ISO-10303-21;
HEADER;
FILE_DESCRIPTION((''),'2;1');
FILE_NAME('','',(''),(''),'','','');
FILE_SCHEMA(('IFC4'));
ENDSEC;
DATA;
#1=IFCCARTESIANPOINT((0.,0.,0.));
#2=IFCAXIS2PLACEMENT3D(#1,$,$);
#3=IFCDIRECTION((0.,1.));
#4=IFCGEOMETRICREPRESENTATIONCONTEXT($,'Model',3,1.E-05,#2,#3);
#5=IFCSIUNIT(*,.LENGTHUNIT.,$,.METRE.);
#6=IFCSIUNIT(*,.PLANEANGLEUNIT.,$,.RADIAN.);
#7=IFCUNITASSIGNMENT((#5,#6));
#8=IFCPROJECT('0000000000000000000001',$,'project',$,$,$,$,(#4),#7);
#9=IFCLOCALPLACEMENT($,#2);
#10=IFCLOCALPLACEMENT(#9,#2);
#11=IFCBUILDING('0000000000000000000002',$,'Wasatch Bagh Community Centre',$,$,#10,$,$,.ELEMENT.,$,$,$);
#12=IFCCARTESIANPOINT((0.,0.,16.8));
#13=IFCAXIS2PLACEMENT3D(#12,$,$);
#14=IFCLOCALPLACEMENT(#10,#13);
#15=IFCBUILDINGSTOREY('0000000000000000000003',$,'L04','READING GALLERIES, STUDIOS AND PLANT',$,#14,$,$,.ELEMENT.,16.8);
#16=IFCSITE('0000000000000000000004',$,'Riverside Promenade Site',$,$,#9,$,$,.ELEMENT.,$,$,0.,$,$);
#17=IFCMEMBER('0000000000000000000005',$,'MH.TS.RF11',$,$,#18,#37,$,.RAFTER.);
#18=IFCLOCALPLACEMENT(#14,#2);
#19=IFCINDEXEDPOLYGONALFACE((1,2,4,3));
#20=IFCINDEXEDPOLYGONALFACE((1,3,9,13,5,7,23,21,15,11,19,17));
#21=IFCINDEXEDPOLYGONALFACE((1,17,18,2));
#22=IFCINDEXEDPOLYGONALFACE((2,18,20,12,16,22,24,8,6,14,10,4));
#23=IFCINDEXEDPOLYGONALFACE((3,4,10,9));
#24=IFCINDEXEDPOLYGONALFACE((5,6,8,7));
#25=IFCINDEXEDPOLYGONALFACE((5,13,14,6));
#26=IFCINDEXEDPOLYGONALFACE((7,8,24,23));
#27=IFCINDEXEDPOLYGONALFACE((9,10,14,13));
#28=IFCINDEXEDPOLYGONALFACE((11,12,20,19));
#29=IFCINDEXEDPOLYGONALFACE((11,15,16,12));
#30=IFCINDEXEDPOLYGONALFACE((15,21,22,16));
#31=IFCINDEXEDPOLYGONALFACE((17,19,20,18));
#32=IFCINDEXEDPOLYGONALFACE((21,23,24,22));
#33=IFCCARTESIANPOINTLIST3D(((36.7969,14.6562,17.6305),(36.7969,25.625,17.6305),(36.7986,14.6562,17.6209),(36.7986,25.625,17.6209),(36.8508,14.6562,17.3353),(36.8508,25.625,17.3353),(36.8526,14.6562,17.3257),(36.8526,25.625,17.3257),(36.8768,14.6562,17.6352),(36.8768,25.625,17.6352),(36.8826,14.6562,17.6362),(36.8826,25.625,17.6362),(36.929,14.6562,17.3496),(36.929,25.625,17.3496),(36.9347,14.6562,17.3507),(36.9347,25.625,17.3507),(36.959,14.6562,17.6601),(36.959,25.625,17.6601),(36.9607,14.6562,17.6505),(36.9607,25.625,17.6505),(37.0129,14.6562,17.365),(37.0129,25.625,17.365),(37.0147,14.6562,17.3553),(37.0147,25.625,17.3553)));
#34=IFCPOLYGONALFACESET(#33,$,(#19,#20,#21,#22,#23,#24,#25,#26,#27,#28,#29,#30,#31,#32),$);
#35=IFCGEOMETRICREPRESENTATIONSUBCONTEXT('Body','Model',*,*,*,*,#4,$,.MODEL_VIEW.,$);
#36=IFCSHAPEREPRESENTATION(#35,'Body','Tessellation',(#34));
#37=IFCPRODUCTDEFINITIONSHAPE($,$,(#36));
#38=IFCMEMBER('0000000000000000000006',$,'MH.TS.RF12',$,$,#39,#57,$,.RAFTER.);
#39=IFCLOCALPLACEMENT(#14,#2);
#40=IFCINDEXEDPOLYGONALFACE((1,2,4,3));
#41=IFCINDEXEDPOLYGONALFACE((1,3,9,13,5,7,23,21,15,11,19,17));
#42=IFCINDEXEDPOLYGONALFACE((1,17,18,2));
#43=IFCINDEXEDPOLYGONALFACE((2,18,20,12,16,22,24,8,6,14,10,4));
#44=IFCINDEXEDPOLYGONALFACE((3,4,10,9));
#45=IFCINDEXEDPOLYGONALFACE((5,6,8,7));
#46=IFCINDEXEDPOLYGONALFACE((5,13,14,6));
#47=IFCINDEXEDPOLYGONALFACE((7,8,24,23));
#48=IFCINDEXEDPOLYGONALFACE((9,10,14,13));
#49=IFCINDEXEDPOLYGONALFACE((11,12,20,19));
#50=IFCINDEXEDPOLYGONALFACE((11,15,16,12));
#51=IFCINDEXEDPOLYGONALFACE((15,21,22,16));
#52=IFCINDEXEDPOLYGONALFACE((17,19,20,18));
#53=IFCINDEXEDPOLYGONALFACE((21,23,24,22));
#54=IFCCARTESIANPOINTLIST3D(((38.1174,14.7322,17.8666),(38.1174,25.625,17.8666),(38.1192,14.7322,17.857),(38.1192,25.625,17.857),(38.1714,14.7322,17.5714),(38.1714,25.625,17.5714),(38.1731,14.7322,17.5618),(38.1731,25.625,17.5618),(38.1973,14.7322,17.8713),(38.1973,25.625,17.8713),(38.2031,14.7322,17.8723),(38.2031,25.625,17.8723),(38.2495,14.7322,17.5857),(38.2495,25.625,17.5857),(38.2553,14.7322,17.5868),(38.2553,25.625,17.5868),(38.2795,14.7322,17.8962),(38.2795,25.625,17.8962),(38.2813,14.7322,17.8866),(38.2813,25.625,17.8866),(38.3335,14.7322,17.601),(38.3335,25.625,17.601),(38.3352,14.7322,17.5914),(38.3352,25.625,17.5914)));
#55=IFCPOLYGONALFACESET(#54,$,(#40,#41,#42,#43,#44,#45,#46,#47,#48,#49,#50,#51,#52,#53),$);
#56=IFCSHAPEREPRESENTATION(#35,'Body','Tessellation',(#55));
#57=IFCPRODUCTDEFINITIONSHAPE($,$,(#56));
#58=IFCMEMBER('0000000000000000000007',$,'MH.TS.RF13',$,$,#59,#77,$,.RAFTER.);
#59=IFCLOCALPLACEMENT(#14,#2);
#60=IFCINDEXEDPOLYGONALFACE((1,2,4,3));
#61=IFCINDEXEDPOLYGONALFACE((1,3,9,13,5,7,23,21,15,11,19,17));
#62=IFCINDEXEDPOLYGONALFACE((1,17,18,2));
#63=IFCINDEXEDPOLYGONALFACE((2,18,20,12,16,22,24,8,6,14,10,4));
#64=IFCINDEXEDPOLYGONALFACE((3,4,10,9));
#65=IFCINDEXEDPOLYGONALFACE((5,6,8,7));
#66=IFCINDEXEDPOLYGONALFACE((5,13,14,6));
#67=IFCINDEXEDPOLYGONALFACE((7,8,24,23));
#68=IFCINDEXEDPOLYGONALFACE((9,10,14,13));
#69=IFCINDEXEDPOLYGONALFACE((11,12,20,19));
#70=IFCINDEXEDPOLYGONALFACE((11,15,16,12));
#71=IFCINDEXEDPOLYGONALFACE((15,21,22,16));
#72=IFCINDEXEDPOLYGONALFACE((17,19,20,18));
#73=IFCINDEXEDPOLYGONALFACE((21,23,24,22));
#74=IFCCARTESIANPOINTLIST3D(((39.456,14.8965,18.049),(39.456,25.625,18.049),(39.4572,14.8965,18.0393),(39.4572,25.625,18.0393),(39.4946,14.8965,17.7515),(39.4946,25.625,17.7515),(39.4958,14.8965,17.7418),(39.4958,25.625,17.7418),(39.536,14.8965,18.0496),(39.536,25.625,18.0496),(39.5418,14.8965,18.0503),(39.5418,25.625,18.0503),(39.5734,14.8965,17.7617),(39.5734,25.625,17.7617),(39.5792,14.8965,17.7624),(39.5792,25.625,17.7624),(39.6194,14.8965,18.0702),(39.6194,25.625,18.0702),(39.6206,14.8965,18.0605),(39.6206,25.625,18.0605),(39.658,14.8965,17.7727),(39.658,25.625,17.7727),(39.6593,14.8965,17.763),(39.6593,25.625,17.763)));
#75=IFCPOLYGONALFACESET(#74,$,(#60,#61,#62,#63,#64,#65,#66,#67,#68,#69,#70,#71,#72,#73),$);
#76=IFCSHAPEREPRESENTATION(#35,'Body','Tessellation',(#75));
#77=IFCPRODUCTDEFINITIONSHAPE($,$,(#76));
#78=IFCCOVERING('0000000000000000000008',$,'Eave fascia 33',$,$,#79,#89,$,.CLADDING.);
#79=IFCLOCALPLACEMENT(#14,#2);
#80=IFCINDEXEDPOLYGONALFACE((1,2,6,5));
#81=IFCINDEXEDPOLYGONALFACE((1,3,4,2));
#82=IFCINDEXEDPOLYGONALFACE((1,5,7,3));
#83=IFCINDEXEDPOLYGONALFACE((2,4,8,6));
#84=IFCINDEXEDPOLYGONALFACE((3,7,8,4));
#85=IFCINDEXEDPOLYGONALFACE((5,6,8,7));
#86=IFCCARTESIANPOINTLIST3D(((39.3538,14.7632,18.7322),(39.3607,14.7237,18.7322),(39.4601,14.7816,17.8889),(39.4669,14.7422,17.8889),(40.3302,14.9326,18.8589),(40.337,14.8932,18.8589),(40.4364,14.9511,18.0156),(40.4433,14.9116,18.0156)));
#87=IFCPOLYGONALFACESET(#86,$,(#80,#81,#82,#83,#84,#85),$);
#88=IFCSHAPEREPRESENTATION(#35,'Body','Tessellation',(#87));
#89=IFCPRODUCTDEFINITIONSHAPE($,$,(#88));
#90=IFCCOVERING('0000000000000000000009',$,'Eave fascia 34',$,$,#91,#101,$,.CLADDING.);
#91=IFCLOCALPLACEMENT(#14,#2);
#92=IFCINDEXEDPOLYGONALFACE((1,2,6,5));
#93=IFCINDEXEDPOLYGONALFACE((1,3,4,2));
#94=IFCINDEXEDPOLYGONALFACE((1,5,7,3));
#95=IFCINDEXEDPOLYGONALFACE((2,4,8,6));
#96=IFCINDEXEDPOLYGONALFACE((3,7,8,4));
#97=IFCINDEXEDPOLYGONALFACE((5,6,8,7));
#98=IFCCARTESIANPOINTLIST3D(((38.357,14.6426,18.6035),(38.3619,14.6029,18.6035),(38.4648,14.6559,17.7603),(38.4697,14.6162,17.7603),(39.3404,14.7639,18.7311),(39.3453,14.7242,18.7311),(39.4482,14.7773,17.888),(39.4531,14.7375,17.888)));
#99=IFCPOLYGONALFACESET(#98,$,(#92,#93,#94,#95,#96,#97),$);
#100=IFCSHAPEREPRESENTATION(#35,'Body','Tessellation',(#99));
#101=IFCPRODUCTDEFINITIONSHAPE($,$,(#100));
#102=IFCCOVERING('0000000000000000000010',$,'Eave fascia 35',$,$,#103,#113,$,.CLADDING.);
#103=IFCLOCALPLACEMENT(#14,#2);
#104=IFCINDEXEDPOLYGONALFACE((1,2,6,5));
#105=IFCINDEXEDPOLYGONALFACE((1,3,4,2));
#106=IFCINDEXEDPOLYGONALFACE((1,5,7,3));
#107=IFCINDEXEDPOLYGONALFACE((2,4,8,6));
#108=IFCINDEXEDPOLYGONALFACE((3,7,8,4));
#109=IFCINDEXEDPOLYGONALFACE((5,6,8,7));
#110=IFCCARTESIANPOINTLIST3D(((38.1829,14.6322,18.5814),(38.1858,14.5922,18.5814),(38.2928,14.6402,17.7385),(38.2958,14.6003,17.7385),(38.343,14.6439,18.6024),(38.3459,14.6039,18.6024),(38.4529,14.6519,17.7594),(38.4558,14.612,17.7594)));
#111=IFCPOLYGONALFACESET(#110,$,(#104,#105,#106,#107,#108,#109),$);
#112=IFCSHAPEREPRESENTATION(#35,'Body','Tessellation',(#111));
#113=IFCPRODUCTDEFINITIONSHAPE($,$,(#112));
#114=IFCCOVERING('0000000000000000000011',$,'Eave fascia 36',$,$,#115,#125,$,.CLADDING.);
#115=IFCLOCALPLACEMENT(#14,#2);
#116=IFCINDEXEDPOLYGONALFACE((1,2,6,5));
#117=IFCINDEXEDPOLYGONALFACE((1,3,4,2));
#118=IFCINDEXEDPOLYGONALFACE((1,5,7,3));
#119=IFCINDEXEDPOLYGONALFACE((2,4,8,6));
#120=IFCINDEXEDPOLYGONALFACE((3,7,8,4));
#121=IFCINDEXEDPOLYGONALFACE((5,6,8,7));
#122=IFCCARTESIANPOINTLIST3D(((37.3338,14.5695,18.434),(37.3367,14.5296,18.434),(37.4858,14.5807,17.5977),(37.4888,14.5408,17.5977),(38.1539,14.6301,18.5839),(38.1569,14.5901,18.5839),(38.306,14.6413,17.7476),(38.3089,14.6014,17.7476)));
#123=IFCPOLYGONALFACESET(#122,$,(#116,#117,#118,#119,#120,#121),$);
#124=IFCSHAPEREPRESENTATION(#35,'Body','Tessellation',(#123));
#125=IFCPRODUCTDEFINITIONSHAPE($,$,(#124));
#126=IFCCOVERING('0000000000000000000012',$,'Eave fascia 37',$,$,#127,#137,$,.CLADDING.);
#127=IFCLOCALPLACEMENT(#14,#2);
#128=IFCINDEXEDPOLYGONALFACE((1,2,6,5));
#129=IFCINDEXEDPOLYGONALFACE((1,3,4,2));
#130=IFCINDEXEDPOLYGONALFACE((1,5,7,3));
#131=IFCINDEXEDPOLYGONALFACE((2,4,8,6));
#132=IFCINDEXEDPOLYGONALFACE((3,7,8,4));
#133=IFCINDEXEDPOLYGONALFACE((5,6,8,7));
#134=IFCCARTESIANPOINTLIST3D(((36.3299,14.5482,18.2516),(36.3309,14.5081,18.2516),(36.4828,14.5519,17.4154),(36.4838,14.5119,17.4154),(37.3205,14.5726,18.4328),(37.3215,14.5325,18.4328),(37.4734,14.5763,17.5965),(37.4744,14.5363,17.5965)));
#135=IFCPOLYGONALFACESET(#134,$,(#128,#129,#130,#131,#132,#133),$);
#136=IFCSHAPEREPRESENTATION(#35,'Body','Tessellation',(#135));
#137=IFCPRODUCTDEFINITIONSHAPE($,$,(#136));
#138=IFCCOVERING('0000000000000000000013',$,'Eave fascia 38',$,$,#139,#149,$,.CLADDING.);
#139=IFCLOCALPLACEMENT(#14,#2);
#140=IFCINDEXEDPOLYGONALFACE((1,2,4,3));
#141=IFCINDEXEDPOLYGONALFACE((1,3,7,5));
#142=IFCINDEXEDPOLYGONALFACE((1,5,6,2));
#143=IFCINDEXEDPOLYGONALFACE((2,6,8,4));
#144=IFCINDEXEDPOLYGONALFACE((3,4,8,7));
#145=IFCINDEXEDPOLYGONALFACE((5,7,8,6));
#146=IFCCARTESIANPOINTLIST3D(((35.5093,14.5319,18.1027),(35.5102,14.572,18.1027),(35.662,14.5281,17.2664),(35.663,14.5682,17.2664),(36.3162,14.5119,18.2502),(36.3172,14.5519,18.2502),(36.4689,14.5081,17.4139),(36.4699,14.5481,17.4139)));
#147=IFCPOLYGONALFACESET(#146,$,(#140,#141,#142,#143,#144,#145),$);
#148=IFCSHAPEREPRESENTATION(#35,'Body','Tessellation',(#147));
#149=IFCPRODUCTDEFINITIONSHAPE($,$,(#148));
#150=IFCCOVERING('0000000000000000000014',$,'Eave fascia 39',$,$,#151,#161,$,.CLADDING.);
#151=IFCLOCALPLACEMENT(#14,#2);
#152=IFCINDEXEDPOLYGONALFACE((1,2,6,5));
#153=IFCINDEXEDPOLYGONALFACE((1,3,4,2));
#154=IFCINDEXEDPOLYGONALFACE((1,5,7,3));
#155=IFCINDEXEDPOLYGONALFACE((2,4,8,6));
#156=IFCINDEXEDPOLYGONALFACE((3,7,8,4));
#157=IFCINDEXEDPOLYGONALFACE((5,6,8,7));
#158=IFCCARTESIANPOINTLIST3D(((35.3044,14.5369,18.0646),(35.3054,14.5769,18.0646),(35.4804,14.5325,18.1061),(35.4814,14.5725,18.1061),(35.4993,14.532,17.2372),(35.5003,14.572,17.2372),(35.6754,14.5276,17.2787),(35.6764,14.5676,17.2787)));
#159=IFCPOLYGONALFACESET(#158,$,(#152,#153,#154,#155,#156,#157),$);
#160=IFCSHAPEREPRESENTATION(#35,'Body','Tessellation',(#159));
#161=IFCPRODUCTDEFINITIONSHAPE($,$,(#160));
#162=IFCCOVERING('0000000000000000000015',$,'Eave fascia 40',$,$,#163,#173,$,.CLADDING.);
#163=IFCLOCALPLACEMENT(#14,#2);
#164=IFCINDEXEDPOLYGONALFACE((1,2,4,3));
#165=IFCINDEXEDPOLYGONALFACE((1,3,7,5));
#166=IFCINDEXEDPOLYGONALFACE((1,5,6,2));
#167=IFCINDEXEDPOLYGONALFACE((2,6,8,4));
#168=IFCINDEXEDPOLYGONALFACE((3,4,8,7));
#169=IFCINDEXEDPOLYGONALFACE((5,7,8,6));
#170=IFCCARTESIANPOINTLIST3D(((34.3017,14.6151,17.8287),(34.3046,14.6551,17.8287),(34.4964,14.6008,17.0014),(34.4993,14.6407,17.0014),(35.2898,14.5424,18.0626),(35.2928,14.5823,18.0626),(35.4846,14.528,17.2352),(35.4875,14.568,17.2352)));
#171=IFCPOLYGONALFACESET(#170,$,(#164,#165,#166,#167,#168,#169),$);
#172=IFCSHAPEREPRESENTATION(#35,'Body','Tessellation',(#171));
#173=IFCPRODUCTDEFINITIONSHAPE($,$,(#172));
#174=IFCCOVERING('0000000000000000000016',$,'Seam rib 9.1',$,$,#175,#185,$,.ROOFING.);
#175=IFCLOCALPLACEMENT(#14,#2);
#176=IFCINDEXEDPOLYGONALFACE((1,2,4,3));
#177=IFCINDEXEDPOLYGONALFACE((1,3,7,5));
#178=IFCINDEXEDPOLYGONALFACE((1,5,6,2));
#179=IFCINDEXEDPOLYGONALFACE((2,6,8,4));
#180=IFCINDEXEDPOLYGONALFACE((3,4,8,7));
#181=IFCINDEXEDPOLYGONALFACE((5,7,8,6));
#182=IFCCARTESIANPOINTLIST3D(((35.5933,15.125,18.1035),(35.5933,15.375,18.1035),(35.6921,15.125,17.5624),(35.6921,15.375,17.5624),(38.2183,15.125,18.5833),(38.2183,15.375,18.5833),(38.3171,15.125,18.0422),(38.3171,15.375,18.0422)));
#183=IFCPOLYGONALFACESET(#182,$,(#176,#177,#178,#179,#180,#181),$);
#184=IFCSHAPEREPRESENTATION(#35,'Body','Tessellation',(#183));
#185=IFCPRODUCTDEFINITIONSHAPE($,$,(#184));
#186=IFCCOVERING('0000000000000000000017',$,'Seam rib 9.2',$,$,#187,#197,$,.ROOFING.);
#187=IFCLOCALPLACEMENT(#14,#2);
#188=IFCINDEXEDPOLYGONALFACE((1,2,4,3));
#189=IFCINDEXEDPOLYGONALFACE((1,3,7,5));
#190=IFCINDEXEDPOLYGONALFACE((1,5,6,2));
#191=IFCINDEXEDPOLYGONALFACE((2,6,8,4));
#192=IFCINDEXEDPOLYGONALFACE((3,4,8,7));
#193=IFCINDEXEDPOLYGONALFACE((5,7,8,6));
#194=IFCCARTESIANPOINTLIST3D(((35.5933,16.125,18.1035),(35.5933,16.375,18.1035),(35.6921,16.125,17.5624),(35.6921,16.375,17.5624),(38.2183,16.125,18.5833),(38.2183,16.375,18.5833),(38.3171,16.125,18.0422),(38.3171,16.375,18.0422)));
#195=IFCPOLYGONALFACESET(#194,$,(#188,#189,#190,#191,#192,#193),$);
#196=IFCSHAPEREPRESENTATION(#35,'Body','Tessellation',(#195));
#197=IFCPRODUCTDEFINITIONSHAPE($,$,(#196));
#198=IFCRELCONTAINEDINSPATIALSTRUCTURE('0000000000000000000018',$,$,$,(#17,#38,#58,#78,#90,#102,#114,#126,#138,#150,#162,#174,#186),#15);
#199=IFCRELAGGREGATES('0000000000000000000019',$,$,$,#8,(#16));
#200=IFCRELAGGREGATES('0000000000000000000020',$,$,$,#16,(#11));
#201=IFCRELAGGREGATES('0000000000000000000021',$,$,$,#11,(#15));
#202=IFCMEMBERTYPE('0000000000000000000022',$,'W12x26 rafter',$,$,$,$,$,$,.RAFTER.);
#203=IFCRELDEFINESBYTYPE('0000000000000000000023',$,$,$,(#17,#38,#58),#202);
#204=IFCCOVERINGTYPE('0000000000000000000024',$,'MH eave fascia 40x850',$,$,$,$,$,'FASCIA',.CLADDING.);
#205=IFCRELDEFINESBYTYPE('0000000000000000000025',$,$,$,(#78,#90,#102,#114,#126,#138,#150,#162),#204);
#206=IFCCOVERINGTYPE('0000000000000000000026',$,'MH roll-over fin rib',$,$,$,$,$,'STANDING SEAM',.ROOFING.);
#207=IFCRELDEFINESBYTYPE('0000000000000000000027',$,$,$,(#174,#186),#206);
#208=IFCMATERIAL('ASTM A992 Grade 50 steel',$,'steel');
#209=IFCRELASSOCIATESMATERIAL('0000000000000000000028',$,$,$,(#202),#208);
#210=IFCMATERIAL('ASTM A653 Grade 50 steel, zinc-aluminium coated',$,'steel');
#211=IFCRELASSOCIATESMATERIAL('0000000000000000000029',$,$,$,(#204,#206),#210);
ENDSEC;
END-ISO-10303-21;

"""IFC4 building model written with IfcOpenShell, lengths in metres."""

from ifc_helpers import new_model, si_unit, direction, frame, origin, origin_2d, place, context, subcontext, project, spatial, polyline, rectangle, i_section, outline, extrude, material, material_profile, profile_set, type_object, element, save


model = new_model("IFC4")

# Units and contexts
model_context = context("Model", 3, precision=1e-05, world=origin(), true_north=direction((0.0, 1.0)))
body_context = subcontext(model_context, "Body", "Model", "MODEL_VIEW")
ifc_project = project(units=[si_unit("LENGTHUNIT", "METRE"), si_unit("PLANEANGLEUNIT", "RADIAN")], contexts=[model_context])

# Site, building, storey
site_placement = place(None, origin())
site = spatial("IfcSite", under=ifc_project, at=site_placement, Name="Riverside Promenade Site", CompositionType="ELEMENT", RefElevation=0.0)
building_placement = place(site_placement, origin())
building = spatial("IfcBuilding", under=site, at=building_placement, Name="Wasatch Bagh Community Centre", CompositionType="ELEMENT")
storey_placement = place(building_placement, frame((0.0, 0.0, 16.8)))
storey = spatial("IfcBuildingStorey", under=building, at=storey_placement, Name="L04", Description="READING GALLERIES, STUDIOS AND PLANT", CompositionType="ELEMENT", Elevation=16.8)

# Members
ifc_material_1 = material(Name="ASTM A992 Grade 50 steel", Category="steel")
ifc_material_profile_1 = material_profile(ifc_material_1, i_section(OverallWidth=0.1648, OverallDepth=0.3098, WebThickness=0.0059, FlangeThickness=0.0098, at=origin_2d()), Name="W12x26")
ifc_profile_set_1 = profile_set([ifc_material_profile_1], Name="ASTM A992 Grade 50 steel")
member_type = type_object("IfcMemberType", Name="W12x26 rafter", PredefinedType="RAFTER", material=ifc_profile_set_1)
member_1_placement = place(storey_placement, frame((36.9058, 14.6562, 17.4929), z_axis=(0.0, 1.0, 0.0), x_axis=(-0.983711, 0.0, -0.179756)))
element("IfcMember", 1, at=member_1_placement, inside=storey, type_object=member_type, Name="MH.TS.RF11", PredefinedType="RAFTER", context=body_context, shape_type="SweptSolid", body=[
    extrude(i_section(OverallWidth=0.1648, OverallDepth=0.3098, WebThickness=0.0059, FlangeThickness=0.0098, at=origin_2d()), origin(), (0.0, 0.0, 1.0), 10.9688),
])
member_2_placement = place(storey_placement, frame((38.2263, 14.7322, 17.729), z_axis=(0.0, 1.0, 0.0), x_axis=(-0.983711, 0.0, -0.179756)))
element("IfcMember", 2, at=member_2_placement, inside=storey, type_object=member_type, Name="MH.TS.RF12", PredefinedType="RAFTER", context=body_context, shape_type="SweptSolid", body=[
    extrude(i_section(OverallWidth=0.1648, OverallDepth=0.3098, WebThickness=0.0059, FlangeThickness=0.0098, at=origin_2d()), origin(), (0.0, 0.0, 1.0), 10.8928),
])
member_3_placement = place(storey_placement, frame((39.5576, 14.8965, 17.906), z_axis=(0.0, 1.0, 0.0), x_axis=(-0.991678, 0.0, -0.12874)))
element("IfcMember", 3, at=member_3_placement, inside=storey, type_object=member_type, Name="MH.TS.RF13", PredefinedType="RAFTER", context=body_context, shape_type="SweptSolid", body=[
    extrude(i_section(OverallWidth=0.1648, OverallDepth=0.3098, WebThickness=0.0059, FlangeThickness=0.0098, at=origin_2d()), origin(), (0.0, 0.0, 1.0), 10.7285),
])

# Coverings
ifc_material_2 = material(Name="ASTM A653 Grade 50 steel, zinc-aluminium coated", Category="steel")
ifc_material_profile_2 = material_profile(ifc_material_2, rectangle(XDim=0.04, YDim=0.8501, at=origin_2d()), Name="FASCIA 40x850")
ifc_profile_set_2 = profile_set([ifc_material_profile_2], Name="ASTM A653 Grade 50 steel, zinc-aluminium coated")
covering_type_1 = type_object("IfcCoveringType", Name="MH eave fascia 40x850", ElementType="FASCIA", PredefinedType="CLADDING", material=ifc_profile_set_2)
for number, where, z_axis, x_axis, name in (
    (4, (40.3867, 14.9221, 18.4373), (-0.977316, -0.169607, -0.126838), (0.170988, -0.985273, 0.0), "Eave fascia 33"),
    (5, (39.3967, 14.7507, 18.3096), (-0.984335, -0.121453, -0.127807), (0.122458, -0.992474, 0.0), "Eave fascia 34"),
):
    element("IfcCovering", number, at=place(storey_placement, frame(where, z_axis=z_axis, x_axis=x_axis)), inside=storey, type_object=covering_type_1, Name=name, PredefinedType="CLADDING", context=body_context, shape_type="SweptSolid", body=[
        extrude(rectangle(XDim=0.04, YDim=0.8501, at=origin_2d()), origin(), (0.0, 0.0, 1.0), 0.999),
    ])
covering_1_placement = place(storey_placement, frame((38.3994, 14.6279, 18.1809), z_axis=(-0.988917, -0.07236, -0.129645), x_axis=(0.072976, -0.997334, 0.0)))
element("IfcCovering", 6, at=covering_1_placement, inside=storey, type_object=covering_type_1, Name="Eave fascia 35", PredefinedType="CLADDING", context=body_context, shape_type="SweptSolid", body=[
    extrude(rectangle(XDim=0.04, YDim=0.8501, at=origin_2d()), origin(), (0.0, 0.0, 1.0), 0.1619),
])
covering_2_placement = place(storey_placement, frame((38.2314, 14.6157, 18.1658), z_axis=(-0.981117, -0.072437, -0.179341), x_axis=(0.073631, -0.997286, 0.0)))
element("IfcCovering", 7, at=covering_2_placement, inside=storey, type_object=covering_type_1, Name="Eave fascia 36", PredefinedType="CLADDING", context=body_context, shape_type="SweptSolid", body=[
    extrude(rectangle(XDim=0.04, YDim=0.8501, at=origin_2d()), origin(), (0.0, 0.0, 1.0), 0.8359),
])
covering_3_placement = place(storey_placement, frame((37.3975, 14.5544, 18.0146), z_axis=(-0.983394, -0.024239, -0.179857), x_axis=(0.024641, -0.999696, 0.0)))
element("IfcCovering", 8, at=covering_3_placement, inside=storey, type_object=covering_type_1, Name="Eave fascia 37", PredefinedType="CLADDING", context=body_context, shape_type="SweptSolid", body=[
    extrude(rectangle(XDim=0.04, YDim=0.8501, at=origin_2d()), origin(), (0.0, 0.0, 1.0), 1.0073),
])
covering_4_placement = place(storey_placement, frame((36.3931, 14.53, 17.832), z_axis=(-0.983415, 0.024399, -0.179722), x_axis=(-0.024803, -0.999692, 0.0)))
element("IfcCovering", 9, at=covering_4_placement, inside=storey, type_object=covering_type_1, Name="Eave fascia 38", PredefinedType="CLADDING", context=body_context, shape_type="SweptSolid", body=[
    extrude(rectangle(XDim=0.04, YDim=0.8501, at=origin_2d()), origin(), (0.0, 0.0, 1.0), 0.8206),
])
covering_5_placement = place(storey_placement, frame((35.5784, 14.55, 17.6924), z_axis=(-0.973024, 0.024292, -0.229423), x_axis=(-0.024958, -0.999689, 0.0)))
element("IfcCovering", 10, at=covering_5_placement, inside=storey, type_object=covering_type_1, Name="Eave fascia 39", PredefinedType="CLADDING", context=body_context, shape_type="SweptSolid", body=[
    extrude(rectangle(XDim=0.04, YDim=0.8501, at=origin_2d()), origin(), (0.0, 0.0, 1.0), 0.1809),
])
covering_6_placement = place(storey_placement, frame((35.3887, 14.5552, 17.6489), z_axis=(-0.970633, 0.071455, -0.22971), x_axis=(-0.073418, -0.997301, 0.0)))
element("IfcCovering", 11, at=covering_6_placement, inside=storey, type_object=covering_type_1, Name="Eave fascia 40", PredefinedType="CLADDING", context=body_context, shape_type="SweptSolid", body=[
    extrude(rectangle(XDim=0.04, YDim=0.8501, at=origin_2d()), origin(), (0.0, 0.0, 1.0), 1.0181),
])
covering_type_2 = type_object("IfcCoveringType", Name="MH roll-over fin rib", ElementType="STANDING SEAM", PredefinedType="ROOFING", material=ifc_material_2)
for number, where, z_axis, x_axis, name in (
    (12, (35.5933, 15.125, 18.1035), (-0.179779, 0.0, 0.983707), (0.983707, 0.0, 0.179779), "Seam rib 9.1"),
    (13, (35.5933, 16.125, 18.1035), (-0.179779, 0.0, 0.983707), (0.983707, 0.0, 0.179779), "Seam rib 9.2"),
):
    element("IfcCovering", number, at=place(storey_placement, frame(where, z_axis=z_axis, x_axis=x_axis)), inside=storey, type_object=covering_type_2, Name=name, PredefinedType="ROOFING", context=body_context, shape_type="SweptSolid", body=[
        extrude(outline(polyline([(0.0, 0.0), (2.6685, 0.0), (2.6685, 0.25), (0.0, 0.25), (0.0, 0.0)])), origin(), (0.0, 0.0, -1.0), 0.55),
    ])

save(model, "model.ifc")
